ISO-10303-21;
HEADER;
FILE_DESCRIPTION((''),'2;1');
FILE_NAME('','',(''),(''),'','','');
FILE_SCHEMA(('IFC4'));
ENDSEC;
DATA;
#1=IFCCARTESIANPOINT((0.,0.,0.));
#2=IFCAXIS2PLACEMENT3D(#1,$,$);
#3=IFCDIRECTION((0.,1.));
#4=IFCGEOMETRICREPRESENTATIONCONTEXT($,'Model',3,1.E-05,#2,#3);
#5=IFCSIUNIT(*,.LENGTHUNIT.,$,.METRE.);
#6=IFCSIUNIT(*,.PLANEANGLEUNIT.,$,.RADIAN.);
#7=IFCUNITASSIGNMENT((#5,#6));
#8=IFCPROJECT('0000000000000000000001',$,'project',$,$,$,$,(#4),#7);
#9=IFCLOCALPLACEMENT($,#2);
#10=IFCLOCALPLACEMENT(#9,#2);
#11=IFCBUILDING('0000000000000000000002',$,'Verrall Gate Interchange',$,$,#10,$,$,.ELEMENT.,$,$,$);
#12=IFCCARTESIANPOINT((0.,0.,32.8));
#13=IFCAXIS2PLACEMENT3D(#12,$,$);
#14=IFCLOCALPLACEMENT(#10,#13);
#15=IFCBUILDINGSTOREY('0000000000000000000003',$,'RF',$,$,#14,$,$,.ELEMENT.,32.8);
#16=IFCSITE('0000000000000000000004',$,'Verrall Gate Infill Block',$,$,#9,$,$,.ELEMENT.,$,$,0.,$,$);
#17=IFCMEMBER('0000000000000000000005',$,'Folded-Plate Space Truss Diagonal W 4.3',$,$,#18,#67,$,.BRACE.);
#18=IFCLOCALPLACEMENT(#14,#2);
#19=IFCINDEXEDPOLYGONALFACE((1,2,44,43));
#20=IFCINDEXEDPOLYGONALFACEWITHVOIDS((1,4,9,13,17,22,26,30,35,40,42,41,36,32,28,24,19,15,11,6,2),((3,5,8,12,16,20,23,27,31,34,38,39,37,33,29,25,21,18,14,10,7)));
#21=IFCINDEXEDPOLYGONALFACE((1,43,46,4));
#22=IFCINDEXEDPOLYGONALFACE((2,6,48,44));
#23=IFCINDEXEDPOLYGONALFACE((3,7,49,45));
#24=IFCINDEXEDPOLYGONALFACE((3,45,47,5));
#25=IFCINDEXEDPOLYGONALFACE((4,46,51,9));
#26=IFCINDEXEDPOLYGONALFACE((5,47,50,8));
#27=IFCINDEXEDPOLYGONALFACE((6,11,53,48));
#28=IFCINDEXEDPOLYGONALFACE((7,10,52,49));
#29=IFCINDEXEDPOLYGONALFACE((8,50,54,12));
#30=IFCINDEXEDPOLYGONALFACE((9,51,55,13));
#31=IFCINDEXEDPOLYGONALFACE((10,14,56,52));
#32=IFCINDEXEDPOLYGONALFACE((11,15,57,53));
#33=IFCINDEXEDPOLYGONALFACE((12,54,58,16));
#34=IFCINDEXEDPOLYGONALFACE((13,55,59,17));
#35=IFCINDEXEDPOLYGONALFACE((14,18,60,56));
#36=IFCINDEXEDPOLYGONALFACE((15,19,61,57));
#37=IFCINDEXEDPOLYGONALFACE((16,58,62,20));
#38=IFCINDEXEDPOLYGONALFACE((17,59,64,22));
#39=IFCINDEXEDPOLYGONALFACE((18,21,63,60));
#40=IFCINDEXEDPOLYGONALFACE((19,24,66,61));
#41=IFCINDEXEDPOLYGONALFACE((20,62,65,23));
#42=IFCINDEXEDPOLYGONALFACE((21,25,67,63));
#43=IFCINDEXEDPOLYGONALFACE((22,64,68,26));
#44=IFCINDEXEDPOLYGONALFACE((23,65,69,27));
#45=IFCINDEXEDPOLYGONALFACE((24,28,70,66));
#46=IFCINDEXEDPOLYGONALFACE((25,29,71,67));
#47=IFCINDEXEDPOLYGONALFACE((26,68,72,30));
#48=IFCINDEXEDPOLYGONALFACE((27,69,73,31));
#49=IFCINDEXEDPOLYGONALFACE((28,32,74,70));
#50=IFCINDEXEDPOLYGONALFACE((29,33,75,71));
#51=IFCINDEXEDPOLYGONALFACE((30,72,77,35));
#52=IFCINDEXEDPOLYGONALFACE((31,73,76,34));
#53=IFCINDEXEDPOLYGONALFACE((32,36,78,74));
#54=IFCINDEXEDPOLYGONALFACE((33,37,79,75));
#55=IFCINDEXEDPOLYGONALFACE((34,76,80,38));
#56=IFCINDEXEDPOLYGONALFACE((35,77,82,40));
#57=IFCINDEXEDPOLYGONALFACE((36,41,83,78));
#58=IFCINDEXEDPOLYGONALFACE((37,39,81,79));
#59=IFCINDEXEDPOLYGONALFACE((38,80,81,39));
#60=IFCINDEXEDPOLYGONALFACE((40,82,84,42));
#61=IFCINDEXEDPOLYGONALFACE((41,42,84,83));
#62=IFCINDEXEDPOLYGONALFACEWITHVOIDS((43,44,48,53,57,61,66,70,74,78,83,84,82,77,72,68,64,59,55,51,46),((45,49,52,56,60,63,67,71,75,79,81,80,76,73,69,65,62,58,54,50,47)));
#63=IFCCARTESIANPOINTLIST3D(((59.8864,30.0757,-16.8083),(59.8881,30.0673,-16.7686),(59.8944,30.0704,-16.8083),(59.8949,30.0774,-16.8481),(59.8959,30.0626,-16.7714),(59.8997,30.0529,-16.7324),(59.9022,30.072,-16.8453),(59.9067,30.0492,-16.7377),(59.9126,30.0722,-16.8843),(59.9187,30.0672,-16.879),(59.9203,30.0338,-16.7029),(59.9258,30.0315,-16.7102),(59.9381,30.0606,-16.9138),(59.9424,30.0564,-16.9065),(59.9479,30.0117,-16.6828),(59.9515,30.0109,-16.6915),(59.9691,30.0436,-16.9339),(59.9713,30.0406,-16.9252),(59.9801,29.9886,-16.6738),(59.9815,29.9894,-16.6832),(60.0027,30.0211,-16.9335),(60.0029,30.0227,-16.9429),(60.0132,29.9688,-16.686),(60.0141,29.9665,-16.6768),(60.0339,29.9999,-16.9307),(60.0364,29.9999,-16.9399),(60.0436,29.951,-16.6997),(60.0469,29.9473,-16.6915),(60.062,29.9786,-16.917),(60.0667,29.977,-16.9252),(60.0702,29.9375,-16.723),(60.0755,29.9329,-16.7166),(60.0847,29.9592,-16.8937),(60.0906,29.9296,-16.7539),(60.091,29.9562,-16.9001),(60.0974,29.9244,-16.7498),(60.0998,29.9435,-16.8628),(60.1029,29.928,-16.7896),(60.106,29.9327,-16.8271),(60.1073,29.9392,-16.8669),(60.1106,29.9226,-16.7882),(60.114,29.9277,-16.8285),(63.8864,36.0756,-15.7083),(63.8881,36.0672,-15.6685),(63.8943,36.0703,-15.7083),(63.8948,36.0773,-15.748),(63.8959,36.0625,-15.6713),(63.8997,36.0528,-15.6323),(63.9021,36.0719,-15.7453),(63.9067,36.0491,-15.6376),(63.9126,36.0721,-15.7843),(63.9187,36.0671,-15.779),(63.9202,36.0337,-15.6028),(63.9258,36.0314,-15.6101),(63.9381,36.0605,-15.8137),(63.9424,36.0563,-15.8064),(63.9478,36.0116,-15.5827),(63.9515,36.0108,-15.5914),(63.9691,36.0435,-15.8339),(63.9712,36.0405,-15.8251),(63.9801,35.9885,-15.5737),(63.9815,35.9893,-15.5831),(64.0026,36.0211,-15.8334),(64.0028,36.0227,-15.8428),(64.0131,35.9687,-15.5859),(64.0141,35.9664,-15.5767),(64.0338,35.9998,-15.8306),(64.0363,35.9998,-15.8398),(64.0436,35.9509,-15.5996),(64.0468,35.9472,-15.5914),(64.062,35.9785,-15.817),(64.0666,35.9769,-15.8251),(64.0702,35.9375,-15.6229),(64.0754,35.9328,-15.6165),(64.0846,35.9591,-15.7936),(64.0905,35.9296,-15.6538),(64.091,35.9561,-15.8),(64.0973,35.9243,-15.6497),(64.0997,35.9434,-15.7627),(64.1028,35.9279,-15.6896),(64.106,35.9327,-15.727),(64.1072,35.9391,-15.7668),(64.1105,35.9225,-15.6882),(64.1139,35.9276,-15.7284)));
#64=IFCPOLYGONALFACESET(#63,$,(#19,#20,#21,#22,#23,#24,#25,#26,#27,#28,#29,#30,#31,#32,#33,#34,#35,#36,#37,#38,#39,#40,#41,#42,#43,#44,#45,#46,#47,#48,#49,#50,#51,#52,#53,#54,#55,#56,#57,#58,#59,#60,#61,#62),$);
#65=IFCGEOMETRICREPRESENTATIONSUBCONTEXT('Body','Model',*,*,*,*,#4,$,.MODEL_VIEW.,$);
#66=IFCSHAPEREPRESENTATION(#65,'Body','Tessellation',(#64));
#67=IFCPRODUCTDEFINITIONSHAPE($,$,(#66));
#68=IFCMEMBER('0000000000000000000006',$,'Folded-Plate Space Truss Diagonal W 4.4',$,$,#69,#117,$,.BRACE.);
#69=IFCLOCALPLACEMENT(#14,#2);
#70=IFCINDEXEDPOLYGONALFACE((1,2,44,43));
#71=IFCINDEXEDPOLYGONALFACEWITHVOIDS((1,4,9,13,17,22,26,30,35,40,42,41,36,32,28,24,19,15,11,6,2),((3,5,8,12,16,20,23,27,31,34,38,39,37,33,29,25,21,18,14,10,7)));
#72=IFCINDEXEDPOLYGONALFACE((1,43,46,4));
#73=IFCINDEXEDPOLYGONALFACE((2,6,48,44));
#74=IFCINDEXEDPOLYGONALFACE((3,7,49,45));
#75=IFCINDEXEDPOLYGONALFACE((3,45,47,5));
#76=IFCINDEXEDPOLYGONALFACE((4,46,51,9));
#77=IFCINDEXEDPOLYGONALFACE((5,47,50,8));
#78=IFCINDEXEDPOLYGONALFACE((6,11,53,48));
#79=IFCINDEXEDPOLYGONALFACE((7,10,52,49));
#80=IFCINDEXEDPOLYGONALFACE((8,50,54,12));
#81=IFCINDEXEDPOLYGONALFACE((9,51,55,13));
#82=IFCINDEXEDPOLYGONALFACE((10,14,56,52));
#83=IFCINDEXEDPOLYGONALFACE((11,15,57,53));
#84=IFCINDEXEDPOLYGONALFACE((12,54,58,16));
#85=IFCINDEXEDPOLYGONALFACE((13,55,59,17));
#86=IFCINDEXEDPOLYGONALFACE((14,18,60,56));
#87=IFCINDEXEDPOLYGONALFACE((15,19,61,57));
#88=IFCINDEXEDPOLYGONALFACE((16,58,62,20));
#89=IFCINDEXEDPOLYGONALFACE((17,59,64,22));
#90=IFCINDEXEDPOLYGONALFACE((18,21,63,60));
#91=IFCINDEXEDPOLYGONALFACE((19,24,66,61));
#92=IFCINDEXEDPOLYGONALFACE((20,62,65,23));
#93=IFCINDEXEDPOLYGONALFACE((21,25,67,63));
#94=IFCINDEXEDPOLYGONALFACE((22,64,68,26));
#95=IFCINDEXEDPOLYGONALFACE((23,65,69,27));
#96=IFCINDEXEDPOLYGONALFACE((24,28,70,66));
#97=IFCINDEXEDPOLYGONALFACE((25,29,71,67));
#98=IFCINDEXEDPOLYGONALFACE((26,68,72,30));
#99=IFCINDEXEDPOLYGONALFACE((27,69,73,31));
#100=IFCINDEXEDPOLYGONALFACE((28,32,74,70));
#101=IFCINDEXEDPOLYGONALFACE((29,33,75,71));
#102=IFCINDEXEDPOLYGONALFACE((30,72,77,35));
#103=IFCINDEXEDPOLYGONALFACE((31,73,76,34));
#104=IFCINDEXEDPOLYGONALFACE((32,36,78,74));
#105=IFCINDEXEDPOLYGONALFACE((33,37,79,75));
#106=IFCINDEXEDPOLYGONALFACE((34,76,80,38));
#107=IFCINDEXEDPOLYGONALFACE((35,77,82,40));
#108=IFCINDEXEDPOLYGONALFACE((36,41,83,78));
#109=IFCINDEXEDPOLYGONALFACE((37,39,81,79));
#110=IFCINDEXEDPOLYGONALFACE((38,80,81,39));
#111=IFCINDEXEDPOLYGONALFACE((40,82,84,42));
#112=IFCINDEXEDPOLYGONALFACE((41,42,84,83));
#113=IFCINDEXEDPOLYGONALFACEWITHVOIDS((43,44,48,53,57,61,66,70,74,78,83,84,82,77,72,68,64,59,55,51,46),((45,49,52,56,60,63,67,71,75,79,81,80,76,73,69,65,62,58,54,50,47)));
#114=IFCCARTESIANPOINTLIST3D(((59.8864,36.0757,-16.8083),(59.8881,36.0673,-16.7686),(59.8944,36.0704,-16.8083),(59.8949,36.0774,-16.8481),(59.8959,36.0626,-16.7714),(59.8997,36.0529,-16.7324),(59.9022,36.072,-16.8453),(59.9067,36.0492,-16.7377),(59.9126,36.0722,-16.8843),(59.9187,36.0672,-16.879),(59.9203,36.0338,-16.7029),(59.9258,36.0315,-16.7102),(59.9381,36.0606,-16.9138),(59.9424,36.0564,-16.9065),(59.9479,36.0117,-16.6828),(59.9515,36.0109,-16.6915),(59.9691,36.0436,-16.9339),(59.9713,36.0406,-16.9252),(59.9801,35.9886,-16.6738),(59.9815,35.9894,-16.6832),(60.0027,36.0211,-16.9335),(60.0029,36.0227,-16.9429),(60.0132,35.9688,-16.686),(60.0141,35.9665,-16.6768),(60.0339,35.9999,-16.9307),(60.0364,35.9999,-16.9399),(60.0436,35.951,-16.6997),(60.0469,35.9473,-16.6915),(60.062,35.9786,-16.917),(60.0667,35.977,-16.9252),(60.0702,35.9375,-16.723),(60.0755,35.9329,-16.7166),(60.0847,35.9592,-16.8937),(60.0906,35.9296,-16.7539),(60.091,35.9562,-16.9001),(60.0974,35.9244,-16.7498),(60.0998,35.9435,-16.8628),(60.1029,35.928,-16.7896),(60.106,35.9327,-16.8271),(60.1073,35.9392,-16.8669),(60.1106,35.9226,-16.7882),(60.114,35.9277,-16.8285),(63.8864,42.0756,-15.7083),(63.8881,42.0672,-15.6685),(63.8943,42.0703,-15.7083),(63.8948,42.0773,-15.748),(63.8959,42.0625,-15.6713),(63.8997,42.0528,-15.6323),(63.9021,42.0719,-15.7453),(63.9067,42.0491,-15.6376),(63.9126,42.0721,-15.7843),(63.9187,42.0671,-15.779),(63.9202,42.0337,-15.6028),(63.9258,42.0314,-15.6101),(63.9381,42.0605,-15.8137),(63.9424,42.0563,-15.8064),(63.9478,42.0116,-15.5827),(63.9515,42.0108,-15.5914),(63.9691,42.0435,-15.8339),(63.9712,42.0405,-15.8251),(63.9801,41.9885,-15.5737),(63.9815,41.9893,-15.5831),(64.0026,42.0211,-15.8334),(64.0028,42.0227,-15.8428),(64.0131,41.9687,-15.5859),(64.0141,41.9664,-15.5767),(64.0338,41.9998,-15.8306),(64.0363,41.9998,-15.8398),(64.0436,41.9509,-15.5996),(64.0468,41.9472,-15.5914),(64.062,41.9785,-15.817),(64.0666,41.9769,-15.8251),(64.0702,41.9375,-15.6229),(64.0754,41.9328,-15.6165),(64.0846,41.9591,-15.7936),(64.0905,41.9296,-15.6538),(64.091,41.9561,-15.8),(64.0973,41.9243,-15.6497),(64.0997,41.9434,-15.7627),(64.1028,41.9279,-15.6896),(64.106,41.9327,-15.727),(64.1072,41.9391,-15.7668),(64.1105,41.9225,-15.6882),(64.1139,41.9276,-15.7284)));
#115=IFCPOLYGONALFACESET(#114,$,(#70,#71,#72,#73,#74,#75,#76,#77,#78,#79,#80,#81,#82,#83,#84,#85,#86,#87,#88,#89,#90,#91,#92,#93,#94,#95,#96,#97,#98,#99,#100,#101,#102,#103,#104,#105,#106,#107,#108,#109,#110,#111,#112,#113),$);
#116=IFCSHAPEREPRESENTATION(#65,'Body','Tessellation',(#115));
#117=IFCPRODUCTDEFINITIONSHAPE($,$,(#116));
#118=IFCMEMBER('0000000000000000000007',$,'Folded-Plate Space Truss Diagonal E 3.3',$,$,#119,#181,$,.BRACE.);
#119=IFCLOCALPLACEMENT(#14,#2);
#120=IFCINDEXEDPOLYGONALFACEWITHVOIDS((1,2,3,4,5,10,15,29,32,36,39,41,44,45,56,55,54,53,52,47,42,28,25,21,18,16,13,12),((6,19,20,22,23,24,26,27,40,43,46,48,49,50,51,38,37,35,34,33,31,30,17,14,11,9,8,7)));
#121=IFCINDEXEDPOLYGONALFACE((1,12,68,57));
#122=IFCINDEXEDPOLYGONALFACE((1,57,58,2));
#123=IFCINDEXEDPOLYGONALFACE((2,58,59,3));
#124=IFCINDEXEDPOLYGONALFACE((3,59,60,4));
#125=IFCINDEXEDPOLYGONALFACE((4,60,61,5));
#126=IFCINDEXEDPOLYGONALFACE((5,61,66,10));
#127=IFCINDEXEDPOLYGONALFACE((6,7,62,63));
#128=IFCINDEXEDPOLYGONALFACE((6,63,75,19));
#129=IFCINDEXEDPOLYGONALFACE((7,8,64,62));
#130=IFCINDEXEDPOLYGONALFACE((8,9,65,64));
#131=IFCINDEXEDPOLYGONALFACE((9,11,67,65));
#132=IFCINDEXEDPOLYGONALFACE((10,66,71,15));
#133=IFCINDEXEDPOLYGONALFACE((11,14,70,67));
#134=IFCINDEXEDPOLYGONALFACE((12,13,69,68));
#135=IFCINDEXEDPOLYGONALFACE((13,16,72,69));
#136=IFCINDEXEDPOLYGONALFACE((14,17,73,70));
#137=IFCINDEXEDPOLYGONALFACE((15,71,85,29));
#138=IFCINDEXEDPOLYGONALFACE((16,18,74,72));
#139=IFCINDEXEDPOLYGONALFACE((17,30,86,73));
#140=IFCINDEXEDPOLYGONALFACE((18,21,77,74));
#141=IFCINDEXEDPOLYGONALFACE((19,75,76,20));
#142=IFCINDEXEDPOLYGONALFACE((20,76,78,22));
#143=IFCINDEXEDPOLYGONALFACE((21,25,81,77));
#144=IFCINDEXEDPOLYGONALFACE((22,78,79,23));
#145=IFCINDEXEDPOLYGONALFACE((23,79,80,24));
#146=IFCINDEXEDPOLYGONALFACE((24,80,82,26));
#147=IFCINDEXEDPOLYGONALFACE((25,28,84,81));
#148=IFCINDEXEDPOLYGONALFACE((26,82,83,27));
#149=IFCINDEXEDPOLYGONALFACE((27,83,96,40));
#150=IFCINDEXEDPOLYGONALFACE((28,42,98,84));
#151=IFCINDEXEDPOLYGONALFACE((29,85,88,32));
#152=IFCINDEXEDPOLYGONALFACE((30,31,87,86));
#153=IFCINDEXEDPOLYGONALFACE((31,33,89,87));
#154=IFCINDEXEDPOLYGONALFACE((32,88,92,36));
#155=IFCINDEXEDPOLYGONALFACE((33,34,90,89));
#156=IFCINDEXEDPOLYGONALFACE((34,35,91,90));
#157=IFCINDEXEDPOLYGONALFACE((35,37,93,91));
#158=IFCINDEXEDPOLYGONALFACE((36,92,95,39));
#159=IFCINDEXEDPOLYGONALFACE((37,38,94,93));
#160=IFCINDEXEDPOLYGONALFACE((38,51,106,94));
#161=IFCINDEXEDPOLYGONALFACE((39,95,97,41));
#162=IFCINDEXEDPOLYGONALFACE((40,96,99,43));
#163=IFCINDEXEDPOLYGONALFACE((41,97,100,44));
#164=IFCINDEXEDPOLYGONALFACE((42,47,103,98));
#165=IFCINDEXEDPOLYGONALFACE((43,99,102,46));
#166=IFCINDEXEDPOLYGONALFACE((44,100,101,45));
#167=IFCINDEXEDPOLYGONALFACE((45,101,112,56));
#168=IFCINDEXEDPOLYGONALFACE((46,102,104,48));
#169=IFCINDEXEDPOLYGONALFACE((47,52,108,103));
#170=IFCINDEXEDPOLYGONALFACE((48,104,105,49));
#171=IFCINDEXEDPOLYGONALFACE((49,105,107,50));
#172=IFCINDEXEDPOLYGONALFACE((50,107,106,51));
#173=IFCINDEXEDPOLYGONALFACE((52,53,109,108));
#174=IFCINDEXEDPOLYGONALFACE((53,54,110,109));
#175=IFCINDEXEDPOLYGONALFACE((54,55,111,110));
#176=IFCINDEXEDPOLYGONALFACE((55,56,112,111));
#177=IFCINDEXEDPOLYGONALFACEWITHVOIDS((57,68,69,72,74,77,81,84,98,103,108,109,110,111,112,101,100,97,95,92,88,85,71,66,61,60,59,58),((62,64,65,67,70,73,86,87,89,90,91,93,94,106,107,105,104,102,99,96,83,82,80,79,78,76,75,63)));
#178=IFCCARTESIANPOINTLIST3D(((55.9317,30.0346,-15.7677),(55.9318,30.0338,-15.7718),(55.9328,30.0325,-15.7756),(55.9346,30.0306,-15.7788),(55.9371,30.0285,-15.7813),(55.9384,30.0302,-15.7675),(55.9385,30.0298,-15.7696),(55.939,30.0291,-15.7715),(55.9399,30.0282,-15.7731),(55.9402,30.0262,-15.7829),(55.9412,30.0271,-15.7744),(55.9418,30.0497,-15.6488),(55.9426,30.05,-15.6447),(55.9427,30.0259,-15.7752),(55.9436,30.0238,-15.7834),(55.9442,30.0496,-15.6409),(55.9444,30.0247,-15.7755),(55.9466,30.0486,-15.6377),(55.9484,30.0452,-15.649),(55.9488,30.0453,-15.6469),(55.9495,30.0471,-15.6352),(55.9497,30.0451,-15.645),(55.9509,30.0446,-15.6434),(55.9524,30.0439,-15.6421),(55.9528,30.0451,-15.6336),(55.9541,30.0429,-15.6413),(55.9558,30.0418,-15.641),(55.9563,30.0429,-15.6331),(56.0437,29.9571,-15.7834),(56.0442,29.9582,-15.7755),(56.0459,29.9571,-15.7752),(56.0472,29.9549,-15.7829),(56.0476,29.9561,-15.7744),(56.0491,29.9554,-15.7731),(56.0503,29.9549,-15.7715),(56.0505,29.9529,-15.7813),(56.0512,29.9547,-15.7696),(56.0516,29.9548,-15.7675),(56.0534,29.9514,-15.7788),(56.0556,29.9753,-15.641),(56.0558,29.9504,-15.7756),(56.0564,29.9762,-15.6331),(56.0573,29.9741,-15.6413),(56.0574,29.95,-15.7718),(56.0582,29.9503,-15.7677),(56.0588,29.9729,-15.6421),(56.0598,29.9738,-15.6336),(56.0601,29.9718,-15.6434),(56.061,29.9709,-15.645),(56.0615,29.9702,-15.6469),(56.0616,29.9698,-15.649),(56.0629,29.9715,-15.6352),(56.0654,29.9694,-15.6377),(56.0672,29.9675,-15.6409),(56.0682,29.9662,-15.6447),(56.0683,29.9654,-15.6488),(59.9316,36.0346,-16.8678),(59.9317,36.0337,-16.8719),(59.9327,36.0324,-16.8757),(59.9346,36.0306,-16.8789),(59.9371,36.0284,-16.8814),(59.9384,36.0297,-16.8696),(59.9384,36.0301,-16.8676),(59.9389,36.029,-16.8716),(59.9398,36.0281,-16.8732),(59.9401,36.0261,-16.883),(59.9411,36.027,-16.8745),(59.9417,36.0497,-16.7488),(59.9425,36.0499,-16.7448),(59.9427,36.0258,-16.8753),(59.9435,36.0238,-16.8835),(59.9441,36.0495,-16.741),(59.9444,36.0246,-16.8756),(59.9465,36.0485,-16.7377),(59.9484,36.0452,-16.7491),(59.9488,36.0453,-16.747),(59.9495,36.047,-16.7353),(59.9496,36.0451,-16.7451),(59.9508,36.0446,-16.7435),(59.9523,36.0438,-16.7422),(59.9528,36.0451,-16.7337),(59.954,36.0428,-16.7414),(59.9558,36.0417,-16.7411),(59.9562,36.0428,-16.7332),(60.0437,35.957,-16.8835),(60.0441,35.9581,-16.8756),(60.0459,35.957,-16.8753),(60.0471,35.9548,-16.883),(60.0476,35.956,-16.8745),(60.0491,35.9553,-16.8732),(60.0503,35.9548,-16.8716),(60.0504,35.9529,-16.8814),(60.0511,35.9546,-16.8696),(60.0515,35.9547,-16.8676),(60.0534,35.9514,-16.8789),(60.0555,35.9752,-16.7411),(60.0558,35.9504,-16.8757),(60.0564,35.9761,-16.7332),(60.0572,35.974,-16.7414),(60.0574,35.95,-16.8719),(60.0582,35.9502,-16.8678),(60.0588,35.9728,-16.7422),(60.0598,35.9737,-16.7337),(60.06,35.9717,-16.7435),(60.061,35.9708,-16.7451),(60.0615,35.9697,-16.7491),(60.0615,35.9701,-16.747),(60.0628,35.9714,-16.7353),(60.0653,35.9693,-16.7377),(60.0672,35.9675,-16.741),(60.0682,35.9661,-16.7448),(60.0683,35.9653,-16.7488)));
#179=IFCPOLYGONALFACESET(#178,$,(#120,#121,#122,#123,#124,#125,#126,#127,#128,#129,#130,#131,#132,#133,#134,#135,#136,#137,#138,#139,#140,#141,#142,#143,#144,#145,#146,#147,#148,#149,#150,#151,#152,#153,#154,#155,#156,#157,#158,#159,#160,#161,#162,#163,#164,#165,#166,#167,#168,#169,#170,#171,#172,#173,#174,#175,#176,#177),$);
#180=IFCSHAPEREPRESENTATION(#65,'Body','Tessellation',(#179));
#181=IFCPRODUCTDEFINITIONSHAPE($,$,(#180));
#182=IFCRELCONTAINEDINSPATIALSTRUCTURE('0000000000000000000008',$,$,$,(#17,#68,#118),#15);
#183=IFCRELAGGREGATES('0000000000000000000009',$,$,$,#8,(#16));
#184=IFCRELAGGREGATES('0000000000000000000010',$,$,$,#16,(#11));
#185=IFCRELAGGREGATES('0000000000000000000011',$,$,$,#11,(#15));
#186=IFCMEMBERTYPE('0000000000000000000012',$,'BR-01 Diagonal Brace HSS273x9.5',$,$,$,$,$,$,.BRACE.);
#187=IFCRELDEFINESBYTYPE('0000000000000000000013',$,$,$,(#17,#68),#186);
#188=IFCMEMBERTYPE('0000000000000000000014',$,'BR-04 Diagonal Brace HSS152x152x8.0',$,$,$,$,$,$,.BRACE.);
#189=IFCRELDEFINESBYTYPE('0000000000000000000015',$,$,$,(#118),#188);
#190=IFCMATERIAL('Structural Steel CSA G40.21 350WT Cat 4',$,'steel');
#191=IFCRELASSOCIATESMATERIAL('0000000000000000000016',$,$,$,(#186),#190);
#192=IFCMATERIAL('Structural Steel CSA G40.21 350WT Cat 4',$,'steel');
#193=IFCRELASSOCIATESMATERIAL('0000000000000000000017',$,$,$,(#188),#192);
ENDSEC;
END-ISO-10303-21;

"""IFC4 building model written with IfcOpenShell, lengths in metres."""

from ifc_helpers import new_model, si_unit, direction, frame, origin, origin_2d, place, context, subcontext, project, spatial, hollow_rectangle, hollow_circle, extrude, material, material_profile, profile_set, type_object, element, save


model = new_model("IFC4")

# Units and contexts
model_context = context("Model", 3, precision=1e-05, world=origin(), true_north=direction((0.0, 1.0)))
body_context = subcontext(model_context, "Body", "Model", "MODEL_VIEW")
ifc_project = project(units=[si_unit("LENGTHUNIT", "METRE"), si_unit("PLANEANGLEUNIT", "RADIAN")], contexts=[model_context])

# Site, building, storey
site_placement = place(None, origin())
site = spatial("IfcSite", under=ifc_project, at=site_placement, Name="Verrall Gate Infill Block", CompositionType="ELEMENT", RefElevation=0.0)
building_placement = place(site_placement, origin())
building = spatial("IfcBuilding", under=site, at=building_placement, Name="Verrall Gate Interchange", CompositionType="ELEMENT")
storey_placement = place(building_placement, frame((0.0, 0.0, 32.8)))
storey = spatial("IfcBuildingStorey", under=building, at=storey_placement, Name="RF", CompositionType="ELEMENT", Elevation=32.8)

# Members
ifc_material_1 = material(Name="Structural Steel CSA G40.21 350WT Cat 4", Category="steel")
ifc_material_profile_1 = material_profile(ifc_material_1, hollow_circle(Radius=0.1365, WallThickness=0.0095, at=origin_2d()), Name="HSS273x9.5")
ifc_profile_set_1 = profile_set([ifc_material_profile_1], Name="Structural Steel CSA G40.21 350WT Cat 4")
member_type_1 = type_object("IfcMemberType", Name="BR-01 Diagonal Brace HSS273x9.5", PredefinedType="BRACE", material=ifc_profile_set_1)
for number, where, z_axis, x_axis, name in (
    (1, (60.0, 30.0, -16.8083), (0.548356, 0.822534, 0.150811), (-0.83205, 0.5547, 0.0), "Folded-Plate Space Truss Diagonal W 4.3"),
    (2, (60.0, 36.0, -16.8083), (0.548356, 0.822534, 0.150811), (-0.83205, 0.5547, 0.0), "Folded-Plate Space Truss Diagonal W 4.4"),
):
    element("IfcMember", number, at=place(storey_placement, frame(where, z_axis=z_axis, x_axis=x_axis)), inside=storey, type_object=member_type_1, Name=name, PredefinedType="BRACE", context=body_context, shape_type="SweptSolid", body=[
        extrude(hollow_circle(Radius=0.1365, WallThickness=0.0095, at=origin_2d()), origin(), (0.0, 0.0, 1.0), 7.2944),
    ])
ifc_material_2 = material(Name="Structural Steel CSA G40.21 350WT Cat 4", Category="steel")
ifc_material_profile_2 = material_profile(ifc_material_2, hollow_rectangle(XDim=0.1521, YDim=0.1521, WallThickness=0.0081, InnerFilletRadius=0.0081, OuterFilletRadius=0.0159, at=origin_2d()), Name="HSS152x152x8.0")
ifc_profile_set_2 = profile_set([ifc_material_profile_2], Name="Structural Steel CSA G40.21 350WT Cat 4")
member_type_2 = type_object("IfcMemberType", Name="BR-04 Diagonal Brace HSS152x152x8.0", PredefinedType="BRACE", material=ifc_profile_set_2)
for number, where, z_axis, x_axis, name in (
    (3, (56.0, 30.0, -15.7083), (0.548356, 0.822534, -0.150811), (-0.83205, 0.5547, 0.0), "Folded-Plate Space Truss Diagonal E 3.3"),
):
    element("IfcMember", number, at=place(storey_placement, frame(where, z_axis=z_axis, x_axis=x_axis)), inside=storey, type_object=member_type_2, Name=name, PredefinedType="BRACE", context=body_context, shape_type="SweptSolid", body=[
        extrude(hollow_rectangle(XDim=0.1521, YDim=0.1521, WallThickness=0.0081, InnerFilletRadius=0.0081, OuterFilletRadius=0.0159, at=origin_2d()), origin(), (0.0, 0.0, 1.0), 7.2944),
    ])

save(model, "model.ifc")
